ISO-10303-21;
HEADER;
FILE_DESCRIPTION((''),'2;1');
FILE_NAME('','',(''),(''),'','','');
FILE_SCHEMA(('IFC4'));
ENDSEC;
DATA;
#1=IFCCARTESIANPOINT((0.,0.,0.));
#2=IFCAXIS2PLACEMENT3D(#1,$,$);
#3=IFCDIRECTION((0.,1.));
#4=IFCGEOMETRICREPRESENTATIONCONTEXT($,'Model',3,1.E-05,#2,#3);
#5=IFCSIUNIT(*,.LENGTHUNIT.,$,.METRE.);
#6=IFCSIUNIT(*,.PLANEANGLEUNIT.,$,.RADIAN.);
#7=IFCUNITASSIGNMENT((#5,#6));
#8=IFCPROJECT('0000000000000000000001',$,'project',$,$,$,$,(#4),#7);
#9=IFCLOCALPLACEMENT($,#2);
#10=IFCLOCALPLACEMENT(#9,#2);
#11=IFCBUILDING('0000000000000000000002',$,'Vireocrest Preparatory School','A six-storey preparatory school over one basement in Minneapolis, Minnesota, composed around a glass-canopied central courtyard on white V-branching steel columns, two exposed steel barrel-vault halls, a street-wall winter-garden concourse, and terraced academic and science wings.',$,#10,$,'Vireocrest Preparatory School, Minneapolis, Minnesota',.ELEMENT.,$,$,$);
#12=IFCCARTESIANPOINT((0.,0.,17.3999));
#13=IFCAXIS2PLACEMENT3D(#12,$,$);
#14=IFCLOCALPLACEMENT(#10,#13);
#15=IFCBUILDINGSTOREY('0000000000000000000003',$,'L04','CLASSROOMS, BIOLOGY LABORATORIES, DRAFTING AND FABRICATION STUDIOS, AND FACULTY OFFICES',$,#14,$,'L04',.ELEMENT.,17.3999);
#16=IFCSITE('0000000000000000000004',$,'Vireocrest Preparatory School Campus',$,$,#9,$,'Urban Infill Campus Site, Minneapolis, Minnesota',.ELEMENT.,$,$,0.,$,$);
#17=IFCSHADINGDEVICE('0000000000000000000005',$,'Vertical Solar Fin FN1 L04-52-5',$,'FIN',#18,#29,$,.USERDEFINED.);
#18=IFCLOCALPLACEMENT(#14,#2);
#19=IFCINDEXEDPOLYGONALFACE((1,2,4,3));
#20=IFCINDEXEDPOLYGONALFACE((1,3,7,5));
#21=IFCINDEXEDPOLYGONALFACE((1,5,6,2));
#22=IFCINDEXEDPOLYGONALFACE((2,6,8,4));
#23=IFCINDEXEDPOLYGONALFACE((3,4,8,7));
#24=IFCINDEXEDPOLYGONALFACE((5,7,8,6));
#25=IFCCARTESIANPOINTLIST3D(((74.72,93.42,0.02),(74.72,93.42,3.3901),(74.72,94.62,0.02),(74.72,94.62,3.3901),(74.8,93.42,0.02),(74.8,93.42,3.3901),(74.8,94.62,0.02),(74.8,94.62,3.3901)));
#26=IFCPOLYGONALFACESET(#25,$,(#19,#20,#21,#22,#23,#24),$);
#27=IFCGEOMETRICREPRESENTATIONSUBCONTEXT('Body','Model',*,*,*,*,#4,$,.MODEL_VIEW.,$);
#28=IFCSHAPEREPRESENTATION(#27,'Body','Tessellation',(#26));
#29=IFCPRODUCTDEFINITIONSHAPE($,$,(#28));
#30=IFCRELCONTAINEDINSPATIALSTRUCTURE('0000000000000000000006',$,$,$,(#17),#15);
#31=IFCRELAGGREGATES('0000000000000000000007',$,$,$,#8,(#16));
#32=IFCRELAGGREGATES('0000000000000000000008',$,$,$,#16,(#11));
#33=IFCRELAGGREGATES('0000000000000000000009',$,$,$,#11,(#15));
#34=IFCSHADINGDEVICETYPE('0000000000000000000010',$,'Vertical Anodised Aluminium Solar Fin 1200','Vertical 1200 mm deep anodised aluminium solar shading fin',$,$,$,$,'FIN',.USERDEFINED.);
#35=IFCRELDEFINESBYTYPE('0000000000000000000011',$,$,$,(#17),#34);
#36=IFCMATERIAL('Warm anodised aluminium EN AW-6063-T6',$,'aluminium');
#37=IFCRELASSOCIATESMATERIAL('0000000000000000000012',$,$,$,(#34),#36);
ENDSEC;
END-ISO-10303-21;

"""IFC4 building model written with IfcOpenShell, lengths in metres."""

from ifc_helpers import new_model, si_unit, direction, frame, origin, origin_2d, place, context, subcontext, project, spatial, rectangle, extrude, material, material_profile, profile_set, type_object, element, save


model = new_model("IFC4")

# Units and contexts
model_context = context("Model", 3, precision=1e-05, world=origin(), true_north=direction((0.0, 1.0)))
body_context = subcontext(model_context, "Body", "Model", "MODEL_VIEW")
ifc_project = project(units=[si_unit("LENGTHUNIT", "METRE"), si_unit("PLANEANGLEUNIT", "RADIAN")], contexts=[model_context])

# Site, building, storey
site_placement = place(None, origin())
site = spatial("IfcSite", under=ifc_project, at=site_placement, Name="Vireocrest Preparatory School Campus", LongName="Urban Infill Campus Site, Minneapolis, Minnesota", CompositionType="ELEMENT", RefElevation=0.0)
building_placement = place(site_placement, origin())
building = spatial("IfcBuilding", under=site, at=building_placement, Name="Vireocrest Preparatory School", Description="A six-storey preparatory school over one basement in Minneapolis, Minnesota, composed around a glass-canopied central courtyard on white V-branching steel columns, two exposed steel barrel-vault halls, a street-wall winter-garden concourse, and terraced academic and science wings.", LongName="Vireocrest Preparatory School, Minneapolis, Minnesota", CompositionType="ELEMENT")
storey_placement = place(building_placement, frame((0.0, 0.0, 17.3999)))
storey = spatial("IfcBuildingStorey", under=building, at=storey_placement, Name="L04", Description="CLASSROOMS, BIOLOGY LABORATORIES, DRAFTING AND FABRICATION STUDIOS, AND FACULTY OFFICES", LongName="L04", CompositionType="ELEMENT", Elevation=17.3999)

# Shading device
ifc_material_1 = material(Name="Warm anodised aluminium EN AW-6063-T6", Category="aluminium")
ifc_material_profile_1 = material_profile(ifc_material_1, rectangle(XDim=0.0801, YDim=1.2, at=origin_2d()), Name="FIN 80x1200")
ifc_profile_set_1 = profile_set([ifc_material_profile_1], Name="Warm anodised aluminium EN AW-6063-T6")
shading_device_type = type_object("IfcShadingDeviceType", Name="Vertical Anodised Aluminium Solar Fin 1200", Description="Vertical 1200 mm deep anodised aluminium solar shading fin", ElementType="FIN", PredefinedType="USERDEFINED", material=ifc_profile_set_1)
shading_device_placement = place(storey_placement, frame((74.76, 94.02, 0.02), z_axis=(0.0, 0.0, 1.0), x_axis=(-1.0, 0.0, 0.0)))
element("IfcShadingDevice", 1, at=shading_device_placement, inside=storey, type_object=shading_device_type, Name="Vertical Solar Fin FN1 L04-52-5", ObjectType="FIN", PredefinedType="USERDEFINED", context=body_context, shape_type="SweptSolid", body=[
    extrude(rectangle(XDim=0.0801, YDim=1.2, at=origin_2d()), origin(), (0.0, 0.0, 1.0), 3.3701),
])

save(model, "model.ifc")
